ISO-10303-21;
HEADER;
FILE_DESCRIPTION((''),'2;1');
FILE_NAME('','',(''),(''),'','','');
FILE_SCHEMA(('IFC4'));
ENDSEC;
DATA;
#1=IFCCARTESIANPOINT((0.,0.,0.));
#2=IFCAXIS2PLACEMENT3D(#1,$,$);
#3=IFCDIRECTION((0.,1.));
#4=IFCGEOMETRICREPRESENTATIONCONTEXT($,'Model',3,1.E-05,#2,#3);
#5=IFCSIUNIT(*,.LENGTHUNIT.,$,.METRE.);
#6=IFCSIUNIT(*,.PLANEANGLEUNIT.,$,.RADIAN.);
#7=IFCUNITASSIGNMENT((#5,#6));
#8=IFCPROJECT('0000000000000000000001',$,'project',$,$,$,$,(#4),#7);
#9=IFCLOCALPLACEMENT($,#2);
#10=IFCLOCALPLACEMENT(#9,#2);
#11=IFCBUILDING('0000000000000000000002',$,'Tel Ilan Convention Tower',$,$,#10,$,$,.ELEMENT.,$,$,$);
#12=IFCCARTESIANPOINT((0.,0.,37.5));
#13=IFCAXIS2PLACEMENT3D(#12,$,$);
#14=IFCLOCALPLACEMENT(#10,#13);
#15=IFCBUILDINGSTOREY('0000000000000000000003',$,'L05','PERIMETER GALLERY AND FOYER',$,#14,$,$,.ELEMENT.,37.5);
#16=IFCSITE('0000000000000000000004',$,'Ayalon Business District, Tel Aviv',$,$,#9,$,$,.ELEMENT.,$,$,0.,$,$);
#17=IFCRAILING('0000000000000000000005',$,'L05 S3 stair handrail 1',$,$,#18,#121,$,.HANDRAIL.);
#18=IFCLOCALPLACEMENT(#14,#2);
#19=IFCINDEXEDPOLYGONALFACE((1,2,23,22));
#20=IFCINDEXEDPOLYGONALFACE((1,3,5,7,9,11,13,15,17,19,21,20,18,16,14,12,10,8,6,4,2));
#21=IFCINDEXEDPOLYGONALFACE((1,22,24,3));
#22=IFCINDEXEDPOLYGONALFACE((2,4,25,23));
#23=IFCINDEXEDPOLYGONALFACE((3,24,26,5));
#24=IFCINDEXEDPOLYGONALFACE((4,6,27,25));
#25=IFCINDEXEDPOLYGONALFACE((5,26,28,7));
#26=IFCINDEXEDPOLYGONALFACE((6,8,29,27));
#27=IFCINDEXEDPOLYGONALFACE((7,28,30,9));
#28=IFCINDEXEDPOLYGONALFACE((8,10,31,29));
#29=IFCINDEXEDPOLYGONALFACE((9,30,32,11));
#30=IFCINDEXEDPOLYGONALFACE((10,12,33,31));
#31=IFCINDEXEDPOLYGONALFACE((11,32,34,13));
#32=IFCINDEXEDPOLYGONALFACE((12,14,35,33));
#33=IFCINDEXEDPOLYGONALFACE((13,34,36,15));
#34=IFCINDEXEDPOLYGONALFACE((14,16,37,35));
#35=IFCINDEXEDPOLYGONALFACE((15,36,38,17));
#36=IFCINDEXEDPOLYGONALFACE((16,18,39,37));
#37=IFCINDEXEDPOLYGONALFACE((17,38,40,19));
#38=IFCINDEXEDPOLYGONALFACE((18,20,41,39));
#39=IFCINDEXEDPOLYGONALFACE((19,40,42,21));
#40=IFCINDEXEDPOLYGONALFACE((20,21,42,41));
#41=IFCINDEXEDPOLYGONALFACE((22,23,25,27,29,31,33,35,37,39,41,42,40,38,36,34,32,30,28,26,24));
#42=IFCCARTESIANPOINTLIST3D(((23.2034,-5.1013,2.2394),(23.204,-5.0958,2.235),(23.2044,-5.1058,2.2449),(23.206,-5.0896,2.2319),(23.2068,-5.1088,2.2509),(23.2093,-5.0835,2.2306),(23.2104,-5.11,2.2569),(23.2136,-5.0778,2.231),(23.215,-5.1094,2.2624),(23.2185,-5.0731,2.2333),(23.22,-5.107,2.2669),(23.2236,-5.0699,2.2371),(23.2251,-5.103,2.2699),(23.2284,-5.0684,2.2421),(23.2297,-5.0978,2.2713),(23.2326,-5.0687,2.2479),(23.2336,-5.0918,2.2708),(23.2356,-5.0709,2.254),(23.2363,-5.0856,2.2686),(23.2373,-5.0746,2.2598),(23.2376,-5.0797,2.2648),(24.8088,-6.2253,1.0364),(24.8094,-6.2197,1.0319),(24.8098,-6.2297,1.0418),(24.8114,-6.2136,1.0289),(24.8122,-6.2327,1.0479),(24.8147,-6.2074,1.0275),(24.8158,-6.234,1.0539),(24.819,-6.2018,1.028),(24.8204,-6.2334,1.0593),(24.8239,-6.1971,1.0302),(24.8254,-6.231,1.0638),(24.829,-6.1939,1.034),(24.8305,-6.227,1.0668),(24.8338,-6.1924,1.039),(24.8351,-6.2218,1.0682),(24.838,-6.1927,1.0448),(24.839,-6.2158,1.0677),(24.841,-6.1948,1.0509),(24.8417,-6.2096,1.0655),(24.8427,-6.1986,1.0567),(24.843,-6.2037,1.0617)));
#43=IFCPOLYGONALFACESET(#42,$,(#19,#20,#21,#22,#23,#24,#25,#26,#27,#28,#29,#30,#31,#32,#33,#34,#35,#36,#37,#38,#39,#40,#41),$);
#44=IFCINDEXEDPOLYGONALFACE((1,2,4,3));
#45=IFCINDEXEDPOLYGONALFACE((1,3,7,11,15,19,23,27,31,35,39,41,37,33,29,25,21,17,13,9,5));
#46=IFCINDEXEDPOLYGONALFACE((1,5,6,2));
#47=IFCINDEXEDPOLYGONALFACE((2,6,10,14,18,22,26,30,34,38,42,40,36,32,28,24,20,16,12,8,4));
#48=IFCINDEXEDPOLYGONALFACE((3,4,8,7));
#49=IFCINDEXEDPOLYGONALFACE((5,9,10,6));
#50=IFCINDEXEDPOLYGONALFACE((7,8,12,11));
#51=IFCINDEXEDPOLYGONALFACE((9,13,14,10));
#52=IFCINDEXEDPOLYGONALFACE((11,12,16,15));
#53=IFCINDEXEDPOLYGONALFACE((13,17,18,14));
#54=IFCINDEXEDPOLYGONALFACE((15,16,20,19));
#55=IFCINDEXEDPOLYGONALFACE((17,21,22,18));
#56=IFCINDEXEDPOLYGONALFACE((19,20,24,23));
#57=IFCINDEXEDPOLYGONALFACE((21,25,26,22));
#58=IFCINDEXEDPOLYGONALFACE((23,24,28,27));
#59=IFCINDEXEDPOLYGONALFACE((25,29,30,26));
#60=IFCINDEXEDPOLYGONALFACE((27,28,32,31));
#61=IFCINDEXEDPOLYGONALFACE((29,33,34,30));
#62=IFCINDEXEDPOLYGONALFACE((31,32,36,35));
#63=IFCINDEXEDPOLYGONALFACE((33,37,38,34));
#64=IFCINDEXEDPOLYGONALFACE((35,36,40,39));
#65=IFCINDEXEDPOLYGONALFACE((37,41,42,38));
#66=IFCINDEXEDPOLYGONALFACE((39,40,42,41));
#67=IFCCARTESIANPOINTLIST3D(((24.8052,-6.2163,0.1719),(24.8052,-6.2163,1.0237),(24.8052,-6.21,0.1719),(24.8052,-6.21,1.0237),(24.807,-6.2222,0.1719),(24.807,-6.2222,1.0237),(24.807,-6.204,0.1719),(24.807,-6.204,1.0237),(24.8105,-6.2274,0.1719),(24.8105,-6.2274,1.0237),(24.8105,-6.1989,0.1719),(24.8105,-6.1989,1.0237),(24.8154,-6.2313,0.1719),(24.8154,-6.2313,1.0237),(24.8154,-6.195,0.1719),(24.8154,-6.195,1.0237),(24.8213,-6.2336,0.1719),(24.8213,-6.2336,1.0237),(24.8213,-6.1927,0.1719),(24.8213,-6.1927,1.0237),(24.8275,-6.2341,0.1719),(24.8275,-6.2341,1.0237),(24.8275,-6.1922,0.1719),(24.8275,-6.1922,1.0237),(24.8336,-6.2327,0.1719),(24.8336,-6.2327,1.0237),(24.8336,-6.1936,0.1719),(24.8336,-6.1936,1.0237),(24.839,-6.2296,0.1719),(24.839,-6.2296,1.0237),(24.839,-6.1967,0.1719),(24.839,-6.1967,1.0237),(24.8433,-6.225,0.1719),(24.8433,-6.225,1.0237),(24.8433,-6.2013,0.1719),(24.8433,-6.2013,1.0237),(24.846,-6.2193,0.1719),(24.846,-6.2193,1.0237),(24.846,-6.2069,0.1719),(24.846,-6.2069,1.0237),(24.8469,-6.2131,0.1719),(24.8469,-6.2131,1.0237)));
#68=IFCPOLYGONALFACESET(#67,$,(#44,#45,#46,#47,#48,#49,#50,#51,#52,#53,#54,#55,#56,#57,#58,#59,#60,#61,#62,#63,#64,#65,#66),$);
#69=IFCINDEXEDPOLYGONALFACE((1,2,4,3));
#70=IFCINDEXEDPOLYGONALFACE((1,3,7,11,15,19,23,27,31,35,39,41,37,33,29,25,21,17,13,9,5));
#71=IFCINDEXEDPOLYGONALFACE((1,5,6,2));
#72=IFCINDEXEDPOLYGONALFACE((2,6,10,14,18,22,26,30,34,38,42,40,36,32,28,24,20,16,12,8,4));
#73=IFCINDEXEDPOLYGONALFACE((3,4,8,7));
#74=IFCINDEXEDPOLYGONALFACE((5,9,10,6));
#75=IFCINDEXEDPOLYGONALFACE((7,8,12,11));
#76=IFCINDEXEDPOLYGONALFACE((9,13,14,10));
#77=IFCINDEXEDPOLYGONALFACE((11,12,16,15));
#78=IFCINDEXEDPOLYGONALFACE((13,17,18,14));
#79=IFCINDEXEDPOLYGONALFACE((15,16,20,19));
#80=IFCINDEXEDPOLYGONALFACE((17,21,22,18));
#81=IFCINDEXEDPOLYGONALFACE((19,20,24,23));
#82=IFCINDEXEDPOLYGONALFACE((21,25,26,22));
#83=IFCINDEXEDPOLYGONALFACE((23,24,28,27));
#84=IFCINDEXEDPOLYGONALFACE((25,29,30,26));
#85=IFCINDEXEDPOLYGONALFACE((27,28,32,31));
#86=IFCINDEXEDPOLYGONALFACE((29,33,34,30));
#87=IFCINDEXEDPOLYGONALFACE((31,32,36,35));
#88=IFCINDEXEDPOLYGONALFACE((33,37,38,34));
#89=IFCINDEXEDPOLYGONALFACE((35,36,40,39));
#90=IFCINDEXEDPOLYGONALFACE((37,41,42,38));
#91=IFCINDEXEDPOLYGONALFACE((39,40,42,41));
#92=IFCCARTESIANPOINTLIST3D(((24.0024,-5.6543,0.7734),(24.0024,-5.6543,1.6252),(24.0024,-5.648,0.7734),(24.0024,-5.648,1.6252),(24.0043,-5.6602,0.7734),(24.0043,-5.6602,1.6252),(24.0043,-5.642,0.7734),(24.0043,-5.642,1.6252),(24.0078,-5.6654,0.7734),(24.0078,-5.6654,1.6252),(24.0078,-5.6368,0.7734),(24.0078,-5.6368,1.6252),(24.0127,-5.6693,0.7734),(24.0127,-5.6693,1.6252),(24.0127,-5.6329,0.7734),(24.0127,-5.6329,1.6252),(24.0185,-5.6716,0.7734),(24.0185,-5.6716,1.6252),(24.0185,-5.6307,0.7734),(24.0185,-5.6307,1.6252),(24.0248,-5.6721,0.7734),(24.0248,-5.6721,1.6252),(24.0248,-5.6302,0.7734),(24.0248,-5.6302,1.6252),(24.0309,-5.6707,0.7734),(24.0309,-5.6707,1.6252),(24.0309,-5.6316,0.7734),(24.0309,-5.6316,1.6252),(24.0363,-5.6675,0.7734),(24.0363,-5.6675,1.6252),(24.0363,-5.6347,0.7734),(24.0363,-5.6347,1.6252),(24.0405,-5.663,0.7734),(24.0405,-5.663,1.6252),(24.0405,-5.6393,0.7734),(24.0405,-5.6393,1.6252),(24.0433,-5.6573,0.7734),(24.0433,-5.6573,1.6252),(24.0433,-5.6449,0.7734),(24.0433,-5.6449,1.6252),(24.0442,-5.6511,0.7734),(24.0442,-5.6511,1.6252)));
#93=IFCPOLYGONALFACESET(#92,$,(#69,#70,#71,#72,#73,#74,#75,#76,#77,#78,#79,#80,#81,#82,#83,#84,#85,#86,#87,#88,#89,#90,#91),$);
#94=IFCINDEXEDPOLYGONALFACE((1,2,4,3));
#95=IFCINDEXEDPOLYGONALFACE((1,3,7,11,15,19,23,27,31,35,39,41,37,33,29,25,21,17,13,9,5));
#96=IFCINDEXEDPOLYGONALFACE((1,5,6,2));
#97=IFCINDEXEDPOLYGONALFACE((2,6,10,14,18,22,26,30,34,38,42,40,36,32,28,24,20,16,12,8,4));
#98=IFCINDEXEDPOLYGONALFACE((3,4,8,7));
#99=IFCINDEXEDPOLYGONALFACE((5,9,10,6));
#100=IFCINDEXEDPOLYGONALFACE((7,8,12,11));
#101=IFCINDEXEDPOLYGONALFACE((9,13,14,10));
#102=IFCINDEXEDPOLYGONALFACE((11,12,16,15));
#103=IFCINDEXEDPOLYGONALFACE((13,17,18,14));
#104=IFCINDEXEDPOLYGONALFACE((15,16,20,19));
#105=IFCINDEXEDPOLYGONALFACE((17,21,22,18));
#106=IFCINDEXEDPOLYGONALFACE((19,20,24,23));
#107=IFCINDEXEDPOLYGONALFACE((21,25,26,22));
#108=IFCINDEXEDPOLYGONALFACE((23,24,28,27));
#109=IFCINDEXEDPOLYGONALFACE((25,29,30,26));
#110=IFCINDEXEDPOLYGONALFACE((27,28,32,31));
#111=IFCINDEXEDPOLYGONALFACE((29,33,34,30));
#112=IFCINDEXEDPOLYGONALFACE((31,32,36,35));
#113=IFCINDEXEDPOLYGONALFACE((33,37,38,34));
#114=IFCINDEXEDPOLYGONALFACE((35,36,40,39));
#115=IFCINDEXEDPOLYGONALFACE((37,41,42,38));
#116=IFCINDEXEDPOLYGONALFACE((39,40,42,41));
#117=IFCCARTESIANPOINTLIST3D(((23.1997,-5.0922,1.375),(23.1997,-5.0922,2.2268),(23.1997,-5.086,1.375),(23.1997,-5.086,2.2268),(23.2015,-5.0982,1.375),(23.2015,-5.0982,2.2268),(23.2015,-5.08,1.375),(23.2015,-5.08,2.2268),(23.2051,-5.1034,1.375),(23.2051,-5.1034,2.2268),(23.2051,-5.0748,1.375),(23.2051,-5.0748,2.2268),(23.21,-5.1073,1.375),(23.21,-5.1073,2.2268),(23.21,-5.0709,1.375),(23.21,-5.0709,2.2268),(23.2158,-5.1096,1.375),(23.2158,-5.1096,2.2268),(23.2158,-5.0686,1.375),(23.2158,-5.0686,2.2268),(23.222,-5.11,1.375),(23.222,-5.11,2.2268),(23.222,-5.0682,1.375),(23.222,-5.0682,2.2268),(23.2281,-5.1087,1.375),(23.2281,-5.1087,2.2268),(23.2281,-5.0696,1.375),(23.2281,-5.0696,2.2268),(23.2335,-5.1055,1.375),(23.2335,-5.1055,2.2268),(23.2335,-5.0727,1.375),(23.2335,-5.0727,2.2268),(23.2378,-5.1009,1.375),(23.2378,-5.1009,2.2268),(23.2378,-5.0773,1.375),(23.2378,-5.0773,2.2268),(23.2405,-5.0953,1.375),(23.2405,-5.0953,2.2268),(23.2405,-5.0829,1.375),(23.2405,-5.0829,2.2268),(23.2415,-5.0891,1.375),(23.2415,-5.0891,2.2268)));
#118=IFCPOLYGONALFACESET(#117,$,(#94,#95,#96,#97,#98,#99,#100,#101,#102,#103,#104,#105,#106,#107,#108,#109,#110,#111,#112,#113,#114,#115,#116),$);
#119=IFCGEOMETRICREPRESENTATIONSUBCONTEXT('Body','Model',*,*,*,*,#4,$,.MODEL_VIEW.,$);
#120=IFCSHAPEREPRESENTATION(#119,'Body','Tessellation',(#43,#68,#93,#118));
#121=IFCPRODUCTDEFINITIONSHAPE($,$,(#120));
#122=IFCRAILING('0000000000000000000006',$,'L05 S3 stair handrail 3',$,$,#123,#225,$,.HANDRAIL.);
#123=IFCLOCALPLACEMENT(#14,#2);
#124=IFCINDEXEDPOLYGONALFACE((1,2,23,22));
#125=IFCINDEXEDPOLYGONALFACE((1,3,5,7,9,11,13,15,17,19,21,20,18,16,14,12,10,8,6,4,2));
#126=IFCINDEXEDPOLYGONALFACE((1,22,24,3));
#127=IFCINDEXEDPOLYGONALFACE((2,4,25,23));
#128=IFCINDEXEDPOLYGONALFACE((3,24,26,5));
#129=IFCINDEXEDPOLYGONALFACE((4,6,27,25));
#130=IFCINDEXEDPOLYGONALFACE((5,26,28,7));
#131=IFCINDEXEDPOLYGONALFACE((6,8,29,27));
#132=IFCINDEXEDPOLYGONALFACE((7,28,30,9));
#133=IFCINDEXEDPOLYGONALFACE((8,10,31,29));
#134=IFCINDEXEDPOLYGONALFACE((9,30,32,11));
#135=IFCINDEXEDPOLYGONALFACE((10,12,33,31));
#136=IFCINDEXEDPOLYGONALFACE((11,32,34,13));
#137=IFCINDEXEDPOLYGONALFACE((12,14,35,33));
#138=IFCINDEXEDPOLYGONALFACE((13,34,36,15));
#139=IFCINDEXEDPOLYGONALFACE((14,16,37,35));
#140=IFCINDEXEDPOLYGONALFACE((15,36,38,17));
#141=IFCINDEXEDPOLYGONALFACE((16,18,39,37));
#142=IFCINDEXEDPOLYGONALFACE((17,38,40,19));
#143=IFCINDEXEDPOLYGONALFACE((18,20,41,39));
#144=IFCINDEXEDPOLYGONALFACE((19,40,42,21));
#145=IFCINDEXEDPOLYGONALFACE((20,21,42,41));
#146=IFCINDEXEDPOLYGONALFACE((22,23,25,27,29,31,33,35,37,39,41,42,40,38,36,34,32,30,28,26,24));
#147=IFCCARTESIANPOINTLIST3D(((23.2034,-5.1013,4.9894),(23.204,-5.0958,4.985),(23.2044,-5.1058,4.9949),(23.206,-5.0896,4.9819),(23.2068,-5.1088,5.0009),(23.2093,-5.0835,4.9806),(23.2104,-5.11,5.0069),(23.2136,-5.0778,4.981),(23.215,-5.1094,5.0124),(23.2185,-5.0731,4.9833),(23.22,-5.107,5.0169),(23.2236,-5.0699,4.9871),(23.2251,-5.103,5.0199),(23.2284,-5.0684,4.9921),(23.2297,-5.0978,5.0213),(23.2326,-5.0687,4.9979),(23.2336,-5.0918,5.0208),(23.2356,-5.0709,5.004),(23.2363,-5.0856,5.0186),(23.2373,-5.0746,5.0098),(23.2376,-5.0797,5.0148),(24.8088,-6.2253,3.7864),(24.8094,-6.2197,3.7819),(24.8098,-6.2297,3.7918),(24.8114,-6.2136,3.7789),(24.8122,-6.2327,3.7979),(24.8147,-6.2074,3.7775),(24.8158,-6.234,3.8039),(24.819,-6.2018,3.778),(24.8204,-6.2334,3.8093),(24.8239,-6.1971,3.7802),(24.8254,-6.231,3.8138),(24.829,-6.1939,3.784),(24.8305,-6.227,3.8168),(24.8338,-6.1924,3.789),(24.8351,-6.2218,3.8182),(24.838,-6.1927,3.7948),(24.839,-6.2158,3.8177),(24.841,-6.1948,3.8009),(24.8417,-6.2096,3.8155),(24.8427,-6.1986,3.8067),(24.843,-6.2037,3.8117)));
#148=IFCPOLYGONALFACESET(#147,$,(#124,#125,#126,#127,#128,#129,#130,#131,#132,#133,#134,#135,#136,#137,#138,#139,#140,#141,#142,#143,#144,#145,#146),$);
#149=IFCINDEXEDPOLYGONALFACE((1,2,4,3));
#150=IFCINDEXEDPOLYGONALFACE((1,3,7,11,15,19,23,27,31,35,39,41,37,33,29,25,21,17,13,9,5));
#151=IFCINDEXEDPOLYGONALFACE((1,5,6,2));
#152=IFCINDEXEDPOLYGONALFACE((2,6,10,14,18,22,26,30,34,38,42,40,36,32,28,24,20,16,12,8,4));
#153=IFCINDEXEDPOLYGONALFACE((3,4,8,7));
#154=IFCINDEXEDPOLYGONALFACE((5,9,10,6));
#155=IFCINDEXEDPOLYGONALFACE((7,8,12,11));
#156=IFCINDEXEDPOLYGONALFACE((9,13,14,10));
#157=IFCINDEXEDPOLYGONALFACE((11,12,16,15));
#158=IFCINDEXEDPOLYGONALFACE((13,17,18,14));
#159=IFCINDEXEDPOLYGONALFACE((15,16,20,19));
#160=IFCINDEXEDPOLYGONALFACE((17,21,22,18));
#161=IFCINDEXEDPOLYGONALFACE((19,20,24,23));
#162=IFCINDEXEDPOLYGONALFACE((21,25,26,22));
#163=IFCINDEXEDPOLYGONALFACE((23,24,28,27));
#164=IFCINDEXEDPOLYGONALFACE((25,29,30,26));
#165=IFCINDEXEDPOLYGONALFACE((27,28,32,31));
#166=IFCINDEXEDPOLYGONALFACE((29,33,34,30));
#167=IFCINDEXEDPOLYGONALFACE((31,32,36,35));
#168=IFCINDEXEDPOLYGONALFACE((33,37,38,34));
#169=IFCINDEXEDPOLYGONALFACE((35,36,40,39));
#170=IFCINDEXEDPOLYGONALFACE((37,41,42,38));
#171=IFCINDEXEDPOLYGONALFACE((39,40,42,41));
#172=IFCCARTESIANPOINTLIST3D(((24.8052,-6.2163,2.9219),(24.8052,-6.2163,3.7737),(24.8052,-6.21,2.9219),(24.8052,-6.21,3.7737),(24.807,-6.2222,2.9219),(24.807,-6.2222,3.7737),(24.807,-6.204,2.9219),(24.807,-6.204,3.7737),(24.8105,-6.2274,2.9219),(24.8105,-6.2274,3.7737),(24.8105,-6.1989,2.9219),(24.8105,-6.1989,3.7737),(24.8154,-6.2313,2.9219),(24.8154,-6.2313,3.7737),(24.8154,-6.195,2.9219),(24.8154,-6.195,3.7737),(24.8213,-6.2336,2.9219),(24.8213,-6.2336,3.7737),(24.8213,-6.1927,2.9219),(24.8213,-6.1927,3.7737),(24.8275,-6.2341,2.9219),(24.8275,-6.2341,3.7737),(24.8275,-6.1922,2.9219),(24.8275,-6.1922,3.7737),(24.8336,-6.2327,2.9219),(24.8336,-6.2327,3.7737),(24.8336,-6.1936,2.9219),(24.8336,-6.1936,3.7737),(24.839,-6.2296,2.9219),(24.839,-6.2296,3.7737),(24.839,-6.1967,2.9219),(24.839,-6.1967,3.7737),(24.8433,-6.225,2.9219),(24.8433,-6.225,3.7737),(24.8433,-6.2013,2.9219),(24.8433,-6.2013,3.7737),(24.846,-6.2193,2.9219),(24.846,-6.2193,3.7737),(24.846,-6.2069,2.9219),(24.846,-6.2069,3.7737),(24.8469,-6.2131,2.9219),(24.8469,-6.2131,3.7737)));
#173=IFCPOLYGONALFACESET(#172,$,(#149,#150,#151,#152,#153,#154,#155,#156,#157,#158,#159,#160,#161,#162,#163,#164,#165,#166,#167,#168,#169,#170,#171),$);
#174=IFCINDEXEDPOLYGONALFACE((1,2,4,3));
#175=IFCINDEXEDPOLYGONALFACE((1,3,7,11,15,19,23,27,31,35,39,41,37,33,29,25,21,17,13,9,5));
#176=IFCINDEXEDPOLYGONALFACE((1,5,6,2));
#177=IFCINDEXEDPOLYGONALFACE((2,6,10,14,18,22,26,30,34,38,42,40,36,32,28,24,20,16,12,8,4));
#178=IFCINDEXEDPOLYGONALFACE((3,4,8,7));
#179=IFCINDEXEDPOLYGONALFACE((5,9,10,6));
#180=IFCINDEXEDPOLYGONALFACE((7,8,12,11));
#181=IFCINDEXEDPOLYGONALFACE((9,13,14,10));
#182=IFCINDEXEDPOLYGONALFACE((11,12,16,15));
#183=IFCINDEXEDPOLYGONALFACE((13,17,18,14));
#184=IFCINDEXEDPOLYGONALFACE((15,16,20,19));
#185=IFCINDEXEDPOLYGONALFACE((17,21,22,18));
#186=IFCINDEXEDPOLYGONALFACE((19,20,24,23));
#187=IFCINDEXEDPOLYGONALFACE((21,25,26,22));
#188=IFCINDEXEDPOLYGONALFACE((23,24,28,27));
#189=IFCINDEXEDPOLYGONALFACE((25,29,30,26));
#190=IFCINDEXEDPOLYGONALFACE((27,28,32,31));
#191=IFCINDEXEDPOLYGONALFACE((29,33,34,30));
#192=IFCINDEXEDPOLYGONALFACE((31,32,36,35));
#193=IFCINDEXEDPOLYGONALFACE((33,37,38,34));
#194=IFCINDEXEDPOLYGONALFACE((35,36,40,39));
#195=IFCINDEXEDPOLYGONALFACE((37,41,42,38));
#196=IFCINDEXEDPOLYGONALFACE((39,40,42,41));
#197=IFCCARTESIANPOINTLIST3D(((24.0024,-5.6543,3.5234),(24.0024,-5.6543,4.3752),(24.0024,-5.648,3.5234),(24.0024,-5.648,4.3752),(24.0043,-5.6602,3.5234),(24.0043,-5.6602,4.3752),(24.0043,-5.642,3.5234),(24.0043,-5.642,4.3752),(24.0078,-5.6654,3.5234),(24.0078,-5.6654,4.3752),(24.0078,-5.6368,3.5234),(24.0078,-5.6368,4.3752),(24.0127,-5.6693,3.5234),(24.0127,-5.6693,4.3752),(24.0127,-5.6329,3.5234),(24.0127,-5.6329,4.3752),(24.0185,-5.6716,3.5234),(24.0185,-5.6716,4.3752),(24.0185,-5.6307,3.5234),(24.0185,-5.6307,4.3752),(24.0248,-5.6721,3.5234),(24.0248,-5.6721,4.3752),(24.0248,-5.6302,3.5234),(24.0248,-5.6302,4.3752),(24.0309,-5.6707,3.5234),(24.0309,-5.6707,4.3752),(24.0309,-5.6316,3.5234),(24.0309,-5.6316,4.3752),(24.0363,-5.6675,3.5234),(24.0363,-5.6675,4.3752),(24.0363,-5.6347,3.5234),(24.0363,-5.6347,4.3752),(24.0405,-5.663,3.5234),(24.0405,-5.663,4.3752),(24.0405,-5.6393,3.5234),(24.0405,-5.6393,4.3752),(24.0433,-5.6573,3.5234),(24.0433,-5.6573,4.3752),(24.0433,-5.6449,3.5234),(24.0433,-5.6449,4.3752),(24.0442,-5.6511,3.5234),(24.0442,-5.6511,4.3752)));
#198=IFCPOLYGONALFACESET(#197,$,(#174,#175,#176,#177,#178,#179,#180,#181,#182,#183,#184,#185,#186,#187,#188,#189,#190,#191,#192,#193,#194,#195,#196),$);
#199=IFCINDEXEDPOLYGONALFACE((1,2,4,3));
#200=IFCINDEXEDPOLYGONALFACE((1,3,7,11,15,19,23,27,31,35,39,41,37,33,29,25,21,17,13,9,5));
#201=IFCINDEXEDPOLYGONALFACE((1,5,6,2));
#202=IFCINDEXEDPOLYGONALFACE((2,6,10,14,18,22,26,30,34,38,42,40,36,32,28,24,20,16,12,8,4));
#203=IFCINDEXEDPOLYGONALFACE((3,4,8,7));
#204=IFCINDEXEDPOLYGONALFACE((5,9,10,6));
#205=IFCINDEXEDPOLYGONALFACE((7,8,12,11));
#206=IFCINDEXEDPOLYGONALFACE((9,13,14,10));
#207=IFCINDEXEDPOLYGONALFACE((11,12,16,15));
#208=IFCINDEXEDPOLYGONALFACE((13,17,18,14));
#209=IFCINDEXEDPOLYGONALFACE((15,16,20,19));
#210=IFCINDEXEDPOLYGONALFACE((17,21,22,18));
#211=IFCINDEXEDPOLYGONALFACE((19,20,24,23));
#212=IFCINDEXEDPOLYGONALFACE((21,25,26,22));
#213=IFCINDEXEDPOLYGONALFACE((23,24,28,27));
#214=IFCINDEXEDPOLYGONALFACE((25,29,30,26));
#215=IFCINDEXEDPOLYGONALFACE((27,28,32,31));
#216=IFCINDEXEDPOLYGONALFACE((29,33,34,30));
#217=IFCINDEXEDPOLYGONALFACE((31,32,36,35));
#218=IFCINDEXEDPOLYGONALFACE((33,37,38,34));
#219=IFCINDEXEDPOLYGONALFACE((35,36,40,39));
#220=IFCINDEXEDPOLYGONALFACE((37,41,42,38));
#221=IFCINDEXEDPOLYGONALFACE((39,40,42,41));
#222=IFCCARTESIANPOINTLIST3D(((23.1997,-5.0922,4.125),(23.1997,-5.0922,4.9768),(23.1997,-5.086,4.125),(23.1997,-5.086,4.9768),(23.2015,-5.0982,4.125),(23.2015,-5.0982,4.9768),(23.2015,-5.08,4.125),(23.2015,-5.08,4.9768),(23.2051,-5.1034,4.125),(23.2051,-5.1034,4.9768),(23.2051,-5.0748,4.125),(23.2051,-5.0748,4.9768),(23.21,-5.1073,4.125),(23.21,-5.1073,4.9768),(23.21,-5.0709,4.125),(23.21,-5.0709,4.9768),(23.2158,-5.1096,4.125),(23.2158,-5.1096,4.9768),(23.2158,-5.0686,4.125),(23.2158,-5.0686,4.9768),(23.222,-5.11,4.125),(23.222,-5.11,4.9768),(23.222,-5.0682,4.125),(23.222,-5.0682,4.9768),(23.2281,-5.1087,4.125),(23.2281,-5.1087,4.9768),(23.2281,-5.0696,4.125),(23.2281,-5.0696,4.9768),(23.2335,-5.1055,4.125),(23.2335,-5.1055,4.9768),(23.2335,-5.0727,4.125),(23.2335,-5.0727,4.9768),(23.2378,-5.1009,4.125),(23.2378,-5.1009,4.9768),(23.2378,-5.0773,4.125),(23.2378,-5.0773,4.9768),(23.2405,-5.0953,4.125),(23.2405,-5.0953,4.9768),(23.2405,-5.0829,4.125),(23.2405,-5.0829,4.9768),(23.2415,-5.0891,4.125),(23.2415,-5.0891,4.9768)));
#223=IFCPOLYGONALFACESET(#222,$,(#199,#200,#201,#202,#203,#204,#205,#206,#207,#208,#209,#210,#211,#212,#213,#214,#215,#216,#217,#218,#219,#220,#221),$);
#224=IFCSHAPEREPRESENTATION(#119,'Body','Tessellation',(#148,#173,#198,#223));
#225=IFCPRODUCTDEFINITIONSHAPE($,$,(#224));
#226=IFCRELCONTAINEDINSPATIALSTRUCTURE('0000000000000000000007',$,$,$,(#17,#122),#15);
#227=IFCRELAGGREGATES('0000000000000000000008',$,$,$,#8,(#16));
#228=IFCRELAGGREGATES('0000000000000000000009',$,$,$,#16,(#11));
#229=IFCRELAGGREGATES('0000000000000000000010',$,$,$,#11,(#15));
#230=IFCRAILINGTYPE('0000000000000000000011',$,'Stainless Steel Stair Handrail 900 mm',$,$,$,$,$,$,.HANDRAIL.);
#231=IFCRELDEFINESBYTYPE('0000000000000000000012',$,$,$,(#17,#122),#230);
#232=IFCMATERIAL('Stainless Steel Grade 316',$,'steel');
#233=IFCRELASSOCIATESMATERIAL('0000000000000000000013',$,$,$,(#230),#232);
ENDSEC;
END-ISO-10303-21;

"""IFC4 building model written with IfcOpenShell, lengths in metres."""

from ifc_helpers import new_model, si_unit, direction, frame, origin, origin_2d, place, context, subcontext, project, spatial, circle, extrude, material, type_object, element, save


model = new_model("IFC4")

# Units and contexts
model_context = context("Model", 3, precision=1e-05, world=origin(), true_north=direction((0.0, 1.0)))
body_context = subcontext(model_context, "Body", "Model", "MODEL_VIEW")
ifc_project = project(units=[si_unit("LENGTHUNIT", "METRE"), si_unit("PLANEANGLEUNIT", "RADIAN")], contexts=[model_context])

# Site, building, storey
site_placement = place(None, origin())
site = spatial("IfcSite", under=ifc_project, at=site_placement, Name="Ayalon Business District, Tel Aviv", CompositionType="ELEMENT", RefElevation=0.0)
building_placement = place(site_placement, origin())
building = spatial("IfcBuilding", under=site, at=building_placement, Name="Tel Ilan Convention Tower", CompositionType="ELEMENT")
storey_placement = place(building_placement, frame((0.0, 0.0, 37.5)))
storey = spatial("IfcBuildingStorey", under=building, at=storey_placement, Name="L05", Description="PERIMETER GALLERY AND FOYER", CompositionType="ELEMENT", Elevation=37.5)

# Railings
ifc_material_1 = material(Name="Stainless Steel Grade 316", Category="steel")
railing_type = type_object("IfcRailingType", Name="Stainless Steel Stair Handrail 900 mm", PredefinedType="HANDRAIL", material=ifc_material_1)
for number, where, name in (
    (1, (24.8259, -6.2131, 0.1719), "L05 S3 stair handrail 1"),
    (2, (24.8259, -6.2131, 2.9219), "L05 S3 stair handrail 3"),
):
    element("IfcRailing", number, at=place(storey_placement, frame(where)), inside=storey, type_object=railing_type, Name=name, PredefinedType="HANDRAIL", context=body_context, shape_type="SweptSolid", body=[
        extrude(circle(Radius=0.0239, at=origin_2d()), frame((0.0, 0.0, 0.876), z_axis=(-0.698131, 0.488777, 0.523174), x_axis=(-0.573529, -0.819185, 0.0)), (0.0, 0.0, 1.0), 2.2996),
        extrude(circle(Radius=0.021, at=origin_2d()), origin(), (0.0, 0.0, 1.0), 0.8518),
        extrude(circle(Radius=0.021, at=origin_2d()), frame((-0.8027, 0.562, 0.6016)), (0.0, 0.0, 1.0), 0.8518),
        extrude(circle(Radius=0.021, at=origin_2d()), frame((-1.6055, 1.124, 1.2031)), (0.0, 0.0, 1.0), 0.8518),
    ])

save(model, "model.ifc")
